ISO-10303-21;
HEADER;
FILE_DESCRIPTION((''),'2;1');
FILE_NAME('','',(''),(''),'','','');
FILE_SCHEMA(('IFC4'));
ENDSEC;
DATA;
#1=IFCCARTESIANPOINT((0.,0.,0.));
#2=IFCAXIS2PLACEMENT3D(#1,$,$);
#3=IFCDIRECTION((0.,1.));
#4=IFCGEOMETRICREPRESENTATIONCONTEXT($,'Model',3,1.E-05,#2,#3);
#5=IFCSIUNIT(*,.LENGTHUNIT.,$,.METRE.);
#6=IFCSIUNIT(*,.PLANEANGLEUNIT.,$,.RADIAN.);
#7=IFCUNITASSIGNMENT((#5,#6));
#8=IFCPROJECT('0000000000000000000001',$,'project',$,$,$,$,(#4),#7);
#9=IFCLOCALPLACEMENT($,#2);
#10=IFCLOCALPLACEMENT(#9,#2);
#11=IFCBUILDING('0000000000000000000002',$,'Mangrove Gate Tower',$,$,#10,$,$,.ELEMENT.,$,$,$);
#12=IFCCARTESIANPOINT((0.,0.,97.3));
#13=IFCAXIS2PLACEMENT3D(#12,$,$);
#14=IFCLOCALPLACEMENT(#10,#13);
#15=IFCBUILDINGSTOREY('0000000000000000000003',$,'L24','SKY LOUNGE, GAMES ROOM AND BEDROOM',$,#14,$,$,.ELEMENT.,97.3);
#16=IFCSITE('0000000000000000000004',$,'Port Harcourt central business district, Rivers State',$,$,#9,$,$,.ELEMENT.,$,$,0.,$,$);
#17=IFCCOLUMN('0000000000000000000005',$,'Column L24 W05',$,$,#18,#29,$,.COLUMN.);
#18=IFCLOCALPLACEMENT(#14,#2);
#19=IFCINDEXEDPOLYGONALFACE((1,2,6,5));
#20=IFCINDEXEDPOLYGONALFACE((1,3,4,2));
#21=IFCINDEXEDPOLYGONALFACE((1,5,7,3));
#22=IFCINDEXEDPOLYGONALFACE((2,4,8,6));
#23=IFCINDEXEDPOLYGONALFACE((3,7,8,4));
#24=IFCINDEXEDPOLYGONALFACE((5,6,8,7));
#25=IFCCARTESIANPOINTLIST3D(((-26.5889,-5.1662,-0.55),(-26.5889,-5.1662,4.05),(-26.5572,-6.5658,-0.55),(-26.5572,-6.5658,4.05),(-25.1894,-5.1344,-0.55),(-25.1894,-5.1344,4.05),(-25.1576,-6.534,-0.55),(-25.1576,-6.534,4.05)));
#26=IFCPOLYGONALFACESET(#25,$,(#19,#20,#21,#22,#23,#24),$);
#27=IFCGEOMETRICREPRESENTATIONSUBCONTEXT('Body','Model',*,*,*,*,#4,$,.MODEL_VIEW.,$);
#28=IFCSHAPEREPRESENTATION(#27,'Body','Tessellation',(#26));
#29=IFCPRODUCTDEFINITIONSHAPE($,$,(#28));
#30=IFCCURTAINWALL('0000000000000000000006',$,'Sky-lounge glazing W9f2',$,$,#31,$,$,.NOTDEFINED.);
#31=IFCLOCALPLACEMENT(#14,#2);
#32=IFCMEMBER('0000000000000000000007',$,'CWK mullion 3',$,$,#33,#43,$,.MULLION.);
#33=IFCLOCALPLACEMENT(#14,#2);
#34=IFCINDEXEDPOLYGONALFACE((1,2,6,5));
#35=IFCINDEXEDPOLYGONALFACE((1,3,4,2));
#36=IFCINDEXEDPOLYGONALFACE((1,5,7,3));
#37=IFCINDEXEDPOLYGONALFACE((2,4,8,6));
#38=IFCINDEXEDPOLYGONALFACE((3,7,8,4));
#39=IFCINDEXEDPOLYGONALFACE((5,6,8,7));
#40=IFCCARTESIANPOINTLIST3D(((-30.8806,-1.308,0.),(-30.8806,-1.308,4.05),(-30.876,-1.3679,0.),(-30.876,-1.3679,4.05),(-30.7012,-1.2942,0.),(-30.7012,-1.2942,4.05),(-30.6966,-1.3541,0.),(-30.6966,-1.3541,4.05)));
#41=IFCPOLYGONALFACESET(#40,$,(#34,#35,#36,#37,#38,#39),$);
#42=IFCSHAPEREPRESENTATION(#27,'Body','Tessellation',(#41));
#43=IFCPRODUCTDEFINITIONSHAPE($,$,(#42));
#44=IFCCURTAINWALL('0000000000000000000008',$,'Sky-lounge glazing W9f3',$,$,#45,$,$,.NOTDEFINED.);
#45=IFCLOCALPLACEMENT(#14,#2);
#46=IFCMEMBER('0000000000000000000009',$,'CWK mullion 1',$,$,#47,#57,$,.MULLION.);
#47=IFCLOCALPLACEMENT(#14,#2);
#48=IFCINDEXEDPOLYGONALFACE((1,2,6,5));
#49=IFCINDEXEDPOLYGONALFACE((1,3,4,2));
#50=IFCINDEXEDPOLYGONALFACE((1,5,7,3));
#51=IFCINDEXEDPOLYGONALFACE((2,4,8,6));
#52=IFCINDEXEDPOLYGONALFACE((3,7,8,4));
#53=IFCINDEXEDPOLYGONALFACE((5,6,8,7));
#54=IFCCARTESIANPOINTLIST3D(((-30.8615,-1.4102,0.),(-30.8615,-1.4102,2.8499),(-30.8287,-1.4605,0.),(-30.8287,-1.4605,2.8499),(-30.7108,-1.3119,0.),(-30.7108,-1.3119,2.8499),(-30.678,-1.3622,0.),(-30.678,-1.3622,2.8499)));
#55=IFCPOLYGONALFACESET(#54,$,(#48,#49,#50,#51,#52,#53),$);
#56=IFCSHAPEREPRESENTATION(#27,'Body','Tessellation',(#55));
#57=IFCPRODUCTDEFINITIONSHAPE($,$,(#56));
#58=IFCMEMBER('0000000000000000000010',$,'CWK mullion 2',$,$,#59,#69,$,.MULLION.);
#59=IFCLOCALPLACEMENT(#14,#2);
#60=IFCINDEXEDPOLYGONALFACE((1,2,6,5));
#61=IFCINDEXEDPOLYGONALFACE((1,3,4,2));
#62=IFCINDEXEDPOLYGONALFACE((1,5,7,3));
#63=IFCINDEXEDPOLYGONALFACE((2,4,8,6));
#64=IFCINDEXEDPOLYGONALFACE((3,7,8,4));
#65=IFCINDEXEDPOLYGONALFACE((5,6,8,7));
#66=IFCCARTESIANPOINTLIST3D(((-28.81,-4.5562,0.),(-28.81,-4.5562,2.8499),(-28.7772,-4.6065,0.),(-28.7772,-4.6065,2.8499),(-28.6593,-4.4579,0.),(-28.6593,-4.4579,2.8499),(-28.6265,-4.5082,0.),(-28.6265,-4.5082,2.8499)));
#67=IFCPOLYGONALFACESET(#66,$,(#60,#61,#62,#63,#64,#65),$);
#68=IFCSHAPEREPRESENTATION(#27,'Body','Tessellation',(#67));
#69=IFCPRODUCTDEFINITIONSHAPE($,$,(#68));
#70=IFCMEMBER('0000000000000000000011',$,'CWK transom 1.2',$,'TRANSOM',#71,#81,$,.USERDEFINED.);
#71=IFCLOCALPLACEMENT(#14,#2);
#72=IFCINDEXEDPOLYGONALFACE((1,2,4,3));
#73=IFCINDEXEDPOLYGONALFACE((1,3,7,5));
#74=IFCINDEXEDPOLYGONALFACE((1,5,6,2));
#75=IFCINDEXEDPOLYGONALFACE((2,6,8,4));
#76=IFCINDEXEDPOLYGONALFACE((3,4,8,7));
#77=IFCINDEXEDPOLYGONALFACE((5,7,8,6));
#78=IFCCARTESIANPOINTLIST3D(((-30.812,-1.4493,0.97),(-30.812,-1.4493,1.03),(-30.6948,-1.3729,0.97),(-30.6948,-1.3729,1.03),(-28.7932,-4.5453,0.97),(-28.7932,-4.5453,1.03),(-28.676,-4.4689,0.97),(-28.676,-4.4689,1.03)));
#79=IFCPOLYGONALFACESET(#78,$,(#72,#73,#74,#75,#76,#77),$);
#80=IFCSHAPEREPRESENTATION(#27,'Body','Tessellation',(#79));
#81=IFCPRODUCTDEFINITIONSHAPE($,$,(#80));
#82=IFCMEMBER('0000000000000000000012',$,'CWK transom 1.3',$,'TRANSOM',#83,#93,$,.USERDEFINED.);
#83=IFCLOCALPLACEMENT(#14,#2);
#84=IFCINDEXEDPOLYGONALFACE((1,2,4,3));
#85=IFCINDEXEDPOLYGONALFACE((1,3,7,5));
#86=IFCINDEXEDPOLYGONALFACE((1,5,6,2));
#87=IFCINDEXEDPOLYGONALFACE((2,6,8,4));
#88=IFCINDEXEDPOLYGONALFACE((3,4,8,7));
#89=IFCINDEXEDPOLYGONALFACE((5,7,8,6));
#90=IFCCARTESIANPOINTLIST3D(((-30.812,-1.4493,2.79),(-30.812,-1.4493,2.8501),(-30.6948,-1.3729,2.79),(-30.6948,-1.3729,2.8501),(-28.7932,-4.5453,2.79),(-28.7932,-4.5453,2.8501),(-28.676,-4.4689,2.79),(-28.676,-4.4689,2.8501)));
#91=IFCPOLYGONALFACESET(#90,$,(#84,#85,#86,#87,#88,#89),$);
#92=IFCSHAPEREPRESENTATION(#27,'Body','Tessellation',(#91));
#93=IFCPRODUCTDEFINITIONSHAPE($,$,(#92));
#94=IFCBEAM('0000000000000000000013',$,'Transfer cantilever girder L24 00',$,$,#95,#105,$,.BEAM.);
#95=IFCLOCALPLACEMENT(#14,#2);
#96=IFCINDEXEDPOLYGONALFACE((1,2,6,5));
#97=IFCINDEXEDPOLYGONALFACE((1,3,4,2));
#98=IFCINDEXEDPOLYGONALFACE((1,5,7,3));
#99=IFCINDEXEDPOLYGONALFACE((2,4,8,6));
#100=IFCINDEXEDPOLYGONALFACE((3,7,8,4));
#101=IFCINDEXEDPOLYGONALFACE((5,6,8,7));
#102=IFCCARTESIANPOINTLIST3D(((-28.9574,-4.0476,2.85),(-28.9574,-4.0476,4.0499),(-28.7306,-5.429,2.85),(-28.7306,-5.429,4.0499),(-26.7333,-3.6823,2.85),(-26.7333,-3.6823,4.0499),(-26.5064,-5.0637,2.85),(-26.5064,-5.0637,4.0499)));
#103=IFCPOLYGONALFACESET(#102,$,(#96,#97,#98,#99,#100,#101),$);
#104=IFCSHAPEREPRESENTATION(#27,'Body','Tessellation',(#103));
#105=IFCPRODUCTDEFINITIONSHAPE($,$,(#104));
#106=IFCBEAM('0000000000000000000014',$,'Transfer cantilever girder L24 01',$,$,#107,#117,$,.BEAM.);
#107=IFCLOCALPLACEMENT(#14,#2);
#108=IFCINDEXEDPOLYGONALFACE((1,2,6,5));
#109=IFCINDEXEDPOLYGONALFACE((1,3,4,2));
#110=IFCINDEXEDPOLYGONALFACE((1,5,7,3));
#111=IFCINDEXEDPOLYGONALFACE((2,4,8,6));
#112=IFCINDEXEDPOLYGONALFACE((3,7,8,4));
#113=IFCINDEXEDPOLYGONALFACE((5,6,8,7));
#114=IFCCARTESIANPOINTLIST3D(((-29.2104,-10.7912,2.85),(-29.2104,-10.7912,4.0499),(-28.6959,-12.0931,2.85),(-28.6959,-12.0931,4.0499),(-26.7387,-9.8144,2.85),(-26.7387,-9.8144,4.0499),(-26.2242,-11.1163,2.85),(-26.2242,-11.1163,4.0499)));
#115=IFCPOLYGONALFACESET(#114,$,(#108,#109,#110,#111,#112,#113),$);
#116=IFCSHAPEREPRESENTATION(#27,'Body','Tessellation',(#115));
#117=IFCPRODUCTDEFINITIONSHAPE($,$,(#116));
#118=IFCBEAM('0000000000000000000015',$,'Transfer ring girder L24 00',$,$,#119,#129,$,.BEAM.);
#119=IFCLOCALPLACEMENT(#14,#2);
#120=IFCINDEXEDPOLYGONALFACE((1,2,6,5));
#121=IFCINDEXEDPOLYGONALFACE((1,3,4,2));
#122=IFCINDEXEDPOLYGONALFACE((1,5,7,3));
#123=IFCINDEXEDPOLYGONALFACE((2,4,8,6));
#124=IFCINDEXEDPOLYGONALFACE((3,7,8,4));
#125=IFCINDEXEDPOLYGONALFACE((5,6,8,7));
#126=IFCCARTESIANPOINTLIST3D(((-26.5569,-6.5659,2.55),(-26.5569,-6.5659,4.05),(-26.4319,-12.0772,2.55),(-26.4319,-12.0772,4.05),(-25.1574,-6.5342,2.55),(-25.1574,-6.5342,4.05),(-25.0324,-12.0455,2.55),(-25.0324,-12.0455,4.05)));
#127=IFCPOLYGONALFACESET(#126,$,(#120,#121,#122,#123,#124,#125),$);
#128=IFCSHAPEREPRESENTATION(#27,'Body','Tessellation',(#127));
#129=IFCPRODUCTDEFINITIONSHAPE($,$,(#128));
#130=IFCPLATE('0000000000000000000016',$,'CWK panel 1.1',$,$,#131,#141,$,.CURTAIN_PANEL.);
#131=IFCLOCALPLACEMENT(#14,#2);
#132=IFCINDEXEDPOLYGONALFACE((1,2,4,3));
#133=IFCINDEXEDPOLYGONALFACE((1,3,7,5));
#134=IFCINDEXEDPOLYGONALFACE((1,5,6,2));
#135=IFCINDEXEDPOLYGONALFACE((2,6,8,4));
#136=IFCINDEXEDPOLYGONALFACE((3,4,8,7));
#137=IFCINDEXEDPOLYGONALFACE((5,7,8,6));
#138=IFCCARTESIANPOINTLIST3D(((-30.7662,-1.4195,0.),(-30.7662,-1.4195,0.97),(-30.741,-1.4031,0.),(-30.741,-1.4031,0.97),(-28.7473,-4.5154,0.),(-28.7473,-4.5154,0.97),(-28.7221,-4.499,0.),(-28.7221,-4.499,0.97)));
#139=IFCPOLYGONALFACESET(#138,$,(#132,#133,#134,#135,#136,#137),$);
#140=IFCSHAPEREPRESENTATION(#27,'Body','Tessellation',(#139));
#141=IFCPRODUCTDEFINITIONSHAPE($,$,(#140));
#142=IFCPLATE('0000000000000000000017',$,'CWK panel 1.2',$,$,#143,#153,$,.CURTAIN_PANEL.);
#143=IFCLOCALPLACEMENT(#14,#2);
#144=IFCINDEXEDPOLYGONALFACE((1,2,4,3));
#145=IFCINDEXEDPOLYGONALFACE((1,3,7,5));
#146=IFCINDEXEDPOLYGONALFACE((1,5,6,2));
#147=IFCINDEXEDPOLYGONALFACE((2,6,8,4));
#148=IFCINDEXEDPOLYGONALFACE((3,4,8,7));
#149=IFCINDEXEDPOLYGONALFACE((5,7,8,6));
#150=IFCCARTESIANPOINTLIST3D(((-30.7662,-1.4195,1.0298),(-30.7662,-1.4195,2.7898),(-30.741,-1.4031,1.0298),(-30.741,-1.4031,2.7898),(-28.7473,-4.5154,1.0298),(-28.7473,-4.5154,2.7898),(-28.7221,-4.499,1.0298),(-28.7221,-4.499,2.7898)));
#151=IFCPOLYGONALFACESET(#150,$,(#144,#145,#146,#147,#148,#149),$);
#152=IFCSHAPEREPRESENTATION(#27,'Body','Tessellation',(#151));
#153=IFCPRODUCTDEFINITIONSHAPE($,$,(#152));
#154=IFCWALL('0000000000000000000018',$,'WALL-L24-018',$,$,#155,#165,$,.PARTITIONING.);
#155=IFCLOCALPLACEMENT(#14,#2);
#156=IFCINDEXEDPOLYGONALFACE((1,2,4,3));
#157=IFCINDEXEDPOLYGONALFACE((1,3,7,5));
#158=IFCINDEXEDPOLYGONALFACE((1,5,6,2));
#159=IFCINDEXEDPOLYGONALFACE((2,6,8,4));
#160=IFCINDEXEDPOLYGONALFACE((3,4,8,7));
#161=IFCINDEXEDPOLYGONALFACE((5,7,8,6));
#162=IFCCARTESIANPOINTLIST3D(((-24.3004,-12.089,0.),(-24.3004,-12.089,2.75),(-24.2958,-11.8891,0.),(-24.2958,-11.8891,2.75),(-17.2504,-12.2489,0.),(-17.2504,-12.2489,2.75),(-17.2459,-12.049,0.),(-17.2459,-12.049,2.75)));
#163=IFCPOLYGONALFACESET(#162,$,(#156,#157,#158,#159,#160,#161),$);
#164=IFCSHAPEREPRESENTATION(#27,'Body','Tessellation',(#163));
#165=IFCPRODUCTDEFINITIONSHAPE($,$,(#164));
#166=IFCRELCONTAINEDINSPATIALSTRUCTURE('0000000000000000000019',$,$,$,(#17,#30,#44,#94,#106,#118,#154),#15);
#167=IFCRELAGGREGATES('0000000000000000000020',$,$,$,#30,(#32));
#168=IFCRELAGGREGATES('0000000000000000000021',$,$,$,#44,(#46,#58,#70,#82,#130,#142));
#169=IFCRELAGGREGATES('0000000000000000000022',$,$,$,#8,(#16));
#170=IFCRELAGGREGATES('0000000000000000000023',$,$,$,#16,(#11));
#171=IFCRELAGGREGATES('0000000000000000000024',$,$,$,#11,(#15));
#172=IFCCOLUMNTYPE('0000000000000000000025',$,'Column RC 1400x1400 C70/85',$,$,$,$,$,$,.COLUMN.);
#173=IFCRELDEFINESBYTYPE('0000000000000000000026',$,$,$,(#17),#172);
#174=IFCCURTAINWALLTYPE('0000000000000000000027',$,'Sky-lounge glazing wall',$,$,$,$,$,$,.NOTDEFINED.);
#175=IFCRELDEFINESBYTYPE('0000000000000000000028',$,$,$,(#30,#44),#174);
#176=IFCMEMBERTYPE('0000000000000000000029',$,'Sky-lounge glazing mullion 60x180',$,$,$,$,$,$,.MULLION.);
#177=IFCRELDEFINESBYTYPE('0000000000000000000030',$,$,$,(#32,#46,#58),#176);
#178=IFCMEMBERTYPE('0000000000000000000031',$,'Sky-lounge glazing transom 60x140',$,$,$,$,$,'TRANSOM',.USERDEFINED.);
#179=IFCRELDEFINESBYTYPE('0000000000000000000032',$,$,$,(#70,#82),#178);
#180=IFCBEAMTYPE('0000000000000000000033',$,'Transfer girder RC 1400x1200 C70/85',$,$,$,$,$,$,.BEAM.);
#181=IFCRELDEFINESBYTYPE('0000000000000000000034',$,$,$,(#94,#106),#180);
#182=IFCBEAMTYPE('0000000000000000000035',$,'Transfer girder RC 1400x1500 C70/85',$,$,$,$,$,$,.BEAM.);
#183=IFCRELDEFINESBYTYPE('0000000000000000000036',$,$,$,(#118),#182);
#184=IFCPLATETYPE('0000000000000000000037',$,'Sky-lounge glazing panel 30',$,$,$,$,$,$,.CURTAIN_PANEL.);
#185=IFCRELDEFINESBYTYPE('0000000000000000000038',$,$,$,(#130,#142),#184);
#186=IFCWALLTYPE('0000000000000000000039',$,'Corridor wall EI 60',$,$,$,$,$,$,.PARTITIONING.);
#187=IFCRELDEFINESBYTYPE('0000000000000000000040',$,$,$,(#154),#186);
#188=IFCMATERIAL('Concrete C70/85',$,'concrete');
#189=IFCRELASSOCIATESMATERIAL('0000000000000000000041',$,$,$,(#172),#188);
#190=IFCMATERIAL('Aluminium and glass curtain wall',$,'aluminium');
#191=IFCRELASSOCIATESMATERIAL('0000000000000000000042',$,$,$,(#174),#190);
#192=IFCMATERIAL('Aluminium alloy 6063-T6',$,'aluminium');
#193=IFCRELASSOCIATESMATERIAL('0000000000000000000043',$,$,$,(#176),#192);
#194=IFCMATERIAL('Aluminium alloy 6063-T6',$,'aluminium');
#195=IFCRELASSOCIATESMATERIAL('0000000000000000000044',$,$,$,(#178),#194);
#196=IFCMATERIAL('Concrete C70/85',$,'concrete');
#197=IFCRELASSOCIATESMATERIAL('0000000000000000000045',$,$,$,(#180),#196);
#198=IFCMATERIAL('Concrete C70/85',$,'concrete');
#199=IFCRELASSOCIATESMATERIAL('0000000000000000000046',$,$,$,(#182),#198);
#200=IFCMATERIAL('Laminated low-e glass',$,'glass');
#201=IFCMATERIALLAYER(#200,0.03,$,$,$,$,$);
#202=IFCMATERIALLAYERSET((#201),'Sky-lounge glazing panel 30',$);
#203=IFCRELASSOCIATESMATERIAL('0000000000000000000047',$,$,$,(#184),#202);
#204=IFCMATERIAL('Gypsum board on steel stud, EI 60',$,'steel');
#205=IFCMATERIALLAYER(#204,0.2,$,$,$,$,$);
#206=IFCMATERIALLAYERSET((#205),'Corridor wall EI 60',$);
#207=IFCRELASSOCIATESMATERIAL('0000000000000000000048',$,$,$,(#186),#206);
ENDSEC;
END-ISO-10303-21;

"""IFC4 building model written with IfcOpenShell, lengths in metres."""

from ifc_helpers import new_model, si_unit, direction, frame, frame_2d, origin, origin_2d, place, context, subcontext, project, spatial, rectangle, extrude, material, layer, layer_set, material_profile, profile_set, type_object, element, aggregate, save


model = new_model("IFC4")

# Units and contexts
model_context = context("Model", 3, precision=1e-05, world=origin(), true_north=direction((0.0, 1.0)))
body_context = subcontext(model_context, "Body", "Model", "MODEL_VIEW")
ifc_project = project(units=[si_unit("LENGTHUNIT", "METRE"), si_unit("PLANEANGLEUNIT", "RADIAN")], contexts=[model_context])

# Site, building, storey
site_placement = place(None, origin())
site = spatial("IfcSite", under=ifc_project, at=site_placement, Name="Port Harcourt central business district, Rivers State", CompositionType="ELEMENT", RefElevation=0.0)
building_placement = place(site_placement, origin())
building = spatial("IfcBuilding", under=site, at=building_placement, Name="Mangrove Gate Tower", CompositionType="ELEMENT")
storey_placement = place(building_placement, frame((0.0, 0.0, 97.3)))
storey = spatial("IfcBuildingStorey", under=building, at=storey_placement, Name="L24", Description="SKY LOUNGE, GAMES ROOM AND BEDROOM", CompositionType="ELEMENT", Elevation=97.3)

# Column
ifc_material_1 = material(Name="Concrete C70/85", Category="concrete")
ifc_material_profile_1 = material_profile(ifc_material_1, rectangle(XDim=1.3999, YDim=1.3999, at=origin_2d()))
ifc_profile_set_1 = profile_set([ifc_material_profile_1], Name="Concrete C70/85")
column_type = type_object("IfcColumnType", Name="Column RC 1400x1400 C70/85", PredefinedType="COLUMN", material=ifc_profile_set_1)
column_placement = place(storey_placement, frame((-25.8733, -5.8501, -0.55), z_axis=(0.0, 0.0, 1.0), x_axis=(0.022697, -0.999742, 0.0)))
element("IfcColumn", 1, at=column_placement, inside=storey, type_object=column_type, Name="Column L24 W05", PredefinedType="COLUMN", context=body_context, shape_type="SweptSolid", body=[
    extrude(rectangle(XDim=1.3999, YDim=1.3999, at=origin_2d()), origin(), (0.0, 0.0, 1.0), 4.6001),
])

# Curtain wall, member
ifc_material_2 = material(Name="Aluminium and glass curtain wall", Category="aluminium")
curtain_wall_type = type_object("IfcCurtainWallType", Name="Sky-lounge glazing wall", PredefinedType="NOTDEFINED", material=ifc_material_2)
curtain_wall_1_placement = place(storey_placement, origin())
curtain_wall_1 = element("IfcCurtainWall", 2, at=curtain_wall_1_placement, inside=storey, type_object=curtain_wall_type, Name="Sky-lounge glazing W9f2", PredefinedType="NOTDEFINED")
ifc_material_3 = material(Name="Aluminium alloy 6063-T6", Category="aluminium")
ifc_material_profile_2 = material_profile(ifc_material_3, rectangle(XDim=0.0601, YDim=0.1799, at=origin_2d()))
ifc_profile_set_2 = profile_set([ifc_material_profile_2], Name="Aluminium alloy 6063-T6")
member_type_1 = type_object("IfcMemberType", Name="Sky-lounge glazing mullion 60x180", PredefinedType="MULLION", material=ifc_profile_set_2)
member_1_placement = place(storey_placement, frame((-30.7886, -1.3311, 0.0), z_axis=(0.0, 0.0, 1.0), x_axis=(0.077023, -0.997029, 0.0)))
member_1 = element("IfcMember", 3, at=member_1_placement, type_object=member_type_1, Name="CWK mullion 3", PredefinedType="MULLION", context=body_context, shape_type="SweptSolid", body=[
    extrude(rectangle(XDim=0.0601, YDim=0.1799, at=origin_2d()), origin(), (0.0, 0.0, 1.0), 4.05),
])
aggregate(curtain_wall_1, [member_1])

# Curtain wall, members
curtain_wall_2_placement = place(storey_placement, origin())
curtain_wall_2 = element("IfcCurtainWall", 4, at=curtain_wall_2_placement, inside=storey, type_object=curtain_wall_type, Name="Sky-lounge glazing W9f3", PredefinedType="NOTDEFINED")
member_2_placement = place(storey_placement, frame((-30.7698, -1.3862, 0.0), z_axis=(0.0, 0.0, 1.0), x_axis=(0.546235, -0.837632, 0.0)))
member_2 = element("IfcMember", 5, at=member_2_placement, type_object=member_type_1, Name="CWK mullion 1", PredefinedType="MULLION", context=body_context, shape_type="SweptSolid", body=[
    extrude(rectangle(XDim=0.0601, YDim=0.1799, at=origin_2d()), origin(), (0.0, 0.0, 1.0), 2.8499),
])
member_3_placement = place(storey_placement, frame((-28.7183, -4.5322, 0.0), z_axis=(0.0, 0.0, 1.0), x_axis=(0.546235, -0.837632, 0.0)))
member_3 = element("IfcMember", 6, at=member_3_placement, type_object=member_type_1, Name="CWK mullion 2", PredefinedType="MULLION", context=body_context, shape_type="SweptSolid", body=[
    extrude(rectangle(XDim=0.0601, YDim=0.1799, at=origin_2d()), origin(), (0.0, 0.0, 1.0), 2.8499),
])
ifc_material_4 = material(Name="Aluminium alloy 6063-T6", Category="aluminium")
ifc_material_profile_3 = material_profile(ifc_material_4, rectangle(XDim=0.0601, YDim=0.1399, at=origin_2d()))
ifc_profile_set_3 = profile_set([ifc_material_profile_3], Name="Aluminium alloy 6063-T6")
member_type_2 = type_object("IfcMemberType", Name="Sky-lounge glazing transom 60x140", ElementType="TRANSOM", PredefinedType="USERDEFINED", material=ifc_profile_set_3)
member_4_placement = place(storey_placement, frame((-30.7534, -1.4111, 1.0), z_axis=(0.546211, -0.837647, 0.0), x_axis=(0.0, 0.0, 1.0)))
member_4 = element("IfcMember", 7, at=member_4_placement, type_object=member_type_2, Name="CWK transom 1.2", ObjectType="TRANSOM", PredefinedType="USERDEFINED", context=body_context, shape_type="SweptSolid", body=[
    extrude(rectangle(XDim=0.0601, YDim=0.1399, at=origin_2d()), origin(), (0.0, 0.0, 1.0), 3.696),
])
member_5_placement = place(storey_placement, frame((-30.7534, -1.4111, 2.8201), z_axis=(0.546211, -0.837647, 0.0), x_axis=(0.0, 0.0, 1.0)))
member_5 = element("IfcMember", 8, at=member_5_placement, type_object=member_type_2, Name="CWK transom 1.3", ObjectType="TRANSOM", PredefinedType="USERDEFINED", context=body_context, shape_type="SweptSolid", body=[
    extrude(rectangle(XDim=0.0601, YDim=0.1399, at=origin_2d()), origin(), (0.0, 0.0, 1.0), 3.696),
])

# Beams
ifc_material_5 = material(Name="Concrete C70/85", Category="concrete")
ifc_material_profile_4 = material_profile(ifc_material_5, rectangle(XDim=1.3999, YDim=1.2, at=origin_2d()))
ifc_profile_set_4 = profile_set([ifc_material_profile_4], Name="Concrete C70/85")
beam_type_1 = type_object("IfcBeamType", Name="Transfer girder RC 1400x1200 C70/85", PredefinedType="BEAM", material=ifc_profile_set_4)
beam_1_placement = place(storey_placement, frame((-26.6199, -4.373, 3.45), z_axis=(-0.986783, -0.162045, 0.0), x_axis=(0.162045, -0.986783, 0.0)))
element("IfcBeam", 9, at=beam_1_placement, inside=storey, type_object=beam_type_1, Name="Transfer cantilever girder L24 00", PredefinedType="BEAM", context=body_context, shape_type="SweptSolid", body=[
    extrude(rectangle(XDim=1.3999, YDim=1.2, at=origin_2d()), origin(), (0.0, 0.0, 1.0), 2.2539),
])
beam_2_placement = place(storey_placement, frame((-26.4814, -10.4653, 3.45), z_axis=(-0.930008, -0.367539, 0.0), x_axis=(0.367539, -0.930008, 0.0)))
element("IfcBeam", 10, at=beam_2_placement, inside=storey, type_object=beam_type_1, Name="Transfer cantilever girder L24 01", PredefinedType="BEAM", context=body_context, shape_type="SweptSolid", body=[
    extrude(rectangle(XDim=1.3999, YDim=1.2, at=origin_2d()), origin(), (0.0, 0.0, 1.0), 2.6577),
])
ifc_material_6 = material(Name="Concrete C70/85", Category="concrete")
ifc_material_profile_5 = material_profile(ifc_material_6, rectangle(XDim=1.3999, YDim=1.5, at=origin_2d()))
ifc_profile_set_5 = profile_set([ifc_material_profile_5], Name="Concrete C70/85")
beam_type_2 = type_object("IfcBeamType", Name="Transfer girder RC 1400x1500 C70/85", PredefinedType="BEAM", material=ifc_profile_set_5)
beam_3_placement = place(storey_placement, frame((-25.8572, -6.55, 3.3), z_axis=(0.022675, -0.999743, 0.0), x_axis=(0.999743, 0.022675, 0.0)))
element("IfcBeam", 11, at=beam_3_placement, inside=storey, type_object=beam_type_2, Name="Transfer ring girder L24 00", PredefinedType="BEAM", context=body_context, shape_type="SweptSolid", body=[
    extrude(rectangle(XDim=1.3999, YDim=1.5, at=origin_2d()), origin(), (0.0, 0.0, 1.0), 5.5127),
])

# Plates
ifc_material_7 = material(Name="Laminated low-e glass", Category="glass")
ifc_layer_1 = layer(ifc_material_7, 0.03)
ifc_layer_set_1 = layer_set([ifc_layer_1], Name="Sky-lounge glazing panel 30")
plate_type = type_object("IfcPlateType", Name="Sky-lounge glazing panel 30", PredefinedType="CURTAIN_PANEL", material=ifc_layer_set_1)
plate_1_placement = place(storey_placement, frame((-29.7441, -2.9592, 0.0), z_axis=(0.0, 0.0, 1.0), x_axis=(0.546235, -0.837632, 0.0)))
plate_1 = element("IfcPlate", 12, at=plate_1_placement, type_object=plate_type, Name="CWK panel 1.1", PredefinedType="CURTAIN_PANEL", context=body_context, shape_type="SweptSolid", body=[
    extrude(rectangle(XDim=3.696, YDim=0.03, at=origin_2d()), origin(), (0.0, 0.0, 1.0), 0.97),
])
plate_2_placement = place(storey_placement, frame((-29.7441, -2.9592, 1.0298), z_axis=(0.0, 0.0, 1.0), x_axis=(0.546235, -0.837632, 0.0)))
plate_2 = element("IfcPlate", 13, at=plate_2_placement, type_object=plate_type, Name="CWK panel 1.2", PredefinedType="CURTAIN_PANEL", context=body_context, shape_type="SweptSolid", body=[
    extrude(rectangle(XDim=3.696, YDim=0.03, at=origin_2d()), origin(), (0.0, 0.0, 1.0), 1.76),
])
aggregate(curtain_wall_2, [member_2, member_3, member_4, member_5, plate_1, plate_2])

# Wall
ifc_material_8 = material(Name="Gypsum board on steel stud, EI 60", Category="steel")
ifc_layer_2 = layer(ifc_material_8, 0.2)
ifc_layer_set_2 = layer_set([ifc_layer_2], Name="Corridor wall EI 60")
wall_type_1 = type_object("IfcWallType", Name="Corridor wall EI 60", PredefinedType="PARTITIONING", material=ifc_layer_set_2)
wall_1_placement = place(storey_placement, frame((-24.2981, -11.989, 0.0), z_axis=(0.0, 0.0, 1.0), x_axis=(0.999743, -0.022677, 0.0)))
element("IfcWall", 14, at=wall_1_placement, inside=storey, type_object=wall_type_1, Name="WALL-L24-018", PredefinedType="PARTITIONING", context=body_context, shape_type="SweptSolid", body=[
    extrude(rectangle(XDim=7.0518, YDim=0.2, at=frame_2d((3.5259, 0.0))), origin(), (0.0, 0.0, 1.0), 2.75),
])

save(model, "model.ifc")
